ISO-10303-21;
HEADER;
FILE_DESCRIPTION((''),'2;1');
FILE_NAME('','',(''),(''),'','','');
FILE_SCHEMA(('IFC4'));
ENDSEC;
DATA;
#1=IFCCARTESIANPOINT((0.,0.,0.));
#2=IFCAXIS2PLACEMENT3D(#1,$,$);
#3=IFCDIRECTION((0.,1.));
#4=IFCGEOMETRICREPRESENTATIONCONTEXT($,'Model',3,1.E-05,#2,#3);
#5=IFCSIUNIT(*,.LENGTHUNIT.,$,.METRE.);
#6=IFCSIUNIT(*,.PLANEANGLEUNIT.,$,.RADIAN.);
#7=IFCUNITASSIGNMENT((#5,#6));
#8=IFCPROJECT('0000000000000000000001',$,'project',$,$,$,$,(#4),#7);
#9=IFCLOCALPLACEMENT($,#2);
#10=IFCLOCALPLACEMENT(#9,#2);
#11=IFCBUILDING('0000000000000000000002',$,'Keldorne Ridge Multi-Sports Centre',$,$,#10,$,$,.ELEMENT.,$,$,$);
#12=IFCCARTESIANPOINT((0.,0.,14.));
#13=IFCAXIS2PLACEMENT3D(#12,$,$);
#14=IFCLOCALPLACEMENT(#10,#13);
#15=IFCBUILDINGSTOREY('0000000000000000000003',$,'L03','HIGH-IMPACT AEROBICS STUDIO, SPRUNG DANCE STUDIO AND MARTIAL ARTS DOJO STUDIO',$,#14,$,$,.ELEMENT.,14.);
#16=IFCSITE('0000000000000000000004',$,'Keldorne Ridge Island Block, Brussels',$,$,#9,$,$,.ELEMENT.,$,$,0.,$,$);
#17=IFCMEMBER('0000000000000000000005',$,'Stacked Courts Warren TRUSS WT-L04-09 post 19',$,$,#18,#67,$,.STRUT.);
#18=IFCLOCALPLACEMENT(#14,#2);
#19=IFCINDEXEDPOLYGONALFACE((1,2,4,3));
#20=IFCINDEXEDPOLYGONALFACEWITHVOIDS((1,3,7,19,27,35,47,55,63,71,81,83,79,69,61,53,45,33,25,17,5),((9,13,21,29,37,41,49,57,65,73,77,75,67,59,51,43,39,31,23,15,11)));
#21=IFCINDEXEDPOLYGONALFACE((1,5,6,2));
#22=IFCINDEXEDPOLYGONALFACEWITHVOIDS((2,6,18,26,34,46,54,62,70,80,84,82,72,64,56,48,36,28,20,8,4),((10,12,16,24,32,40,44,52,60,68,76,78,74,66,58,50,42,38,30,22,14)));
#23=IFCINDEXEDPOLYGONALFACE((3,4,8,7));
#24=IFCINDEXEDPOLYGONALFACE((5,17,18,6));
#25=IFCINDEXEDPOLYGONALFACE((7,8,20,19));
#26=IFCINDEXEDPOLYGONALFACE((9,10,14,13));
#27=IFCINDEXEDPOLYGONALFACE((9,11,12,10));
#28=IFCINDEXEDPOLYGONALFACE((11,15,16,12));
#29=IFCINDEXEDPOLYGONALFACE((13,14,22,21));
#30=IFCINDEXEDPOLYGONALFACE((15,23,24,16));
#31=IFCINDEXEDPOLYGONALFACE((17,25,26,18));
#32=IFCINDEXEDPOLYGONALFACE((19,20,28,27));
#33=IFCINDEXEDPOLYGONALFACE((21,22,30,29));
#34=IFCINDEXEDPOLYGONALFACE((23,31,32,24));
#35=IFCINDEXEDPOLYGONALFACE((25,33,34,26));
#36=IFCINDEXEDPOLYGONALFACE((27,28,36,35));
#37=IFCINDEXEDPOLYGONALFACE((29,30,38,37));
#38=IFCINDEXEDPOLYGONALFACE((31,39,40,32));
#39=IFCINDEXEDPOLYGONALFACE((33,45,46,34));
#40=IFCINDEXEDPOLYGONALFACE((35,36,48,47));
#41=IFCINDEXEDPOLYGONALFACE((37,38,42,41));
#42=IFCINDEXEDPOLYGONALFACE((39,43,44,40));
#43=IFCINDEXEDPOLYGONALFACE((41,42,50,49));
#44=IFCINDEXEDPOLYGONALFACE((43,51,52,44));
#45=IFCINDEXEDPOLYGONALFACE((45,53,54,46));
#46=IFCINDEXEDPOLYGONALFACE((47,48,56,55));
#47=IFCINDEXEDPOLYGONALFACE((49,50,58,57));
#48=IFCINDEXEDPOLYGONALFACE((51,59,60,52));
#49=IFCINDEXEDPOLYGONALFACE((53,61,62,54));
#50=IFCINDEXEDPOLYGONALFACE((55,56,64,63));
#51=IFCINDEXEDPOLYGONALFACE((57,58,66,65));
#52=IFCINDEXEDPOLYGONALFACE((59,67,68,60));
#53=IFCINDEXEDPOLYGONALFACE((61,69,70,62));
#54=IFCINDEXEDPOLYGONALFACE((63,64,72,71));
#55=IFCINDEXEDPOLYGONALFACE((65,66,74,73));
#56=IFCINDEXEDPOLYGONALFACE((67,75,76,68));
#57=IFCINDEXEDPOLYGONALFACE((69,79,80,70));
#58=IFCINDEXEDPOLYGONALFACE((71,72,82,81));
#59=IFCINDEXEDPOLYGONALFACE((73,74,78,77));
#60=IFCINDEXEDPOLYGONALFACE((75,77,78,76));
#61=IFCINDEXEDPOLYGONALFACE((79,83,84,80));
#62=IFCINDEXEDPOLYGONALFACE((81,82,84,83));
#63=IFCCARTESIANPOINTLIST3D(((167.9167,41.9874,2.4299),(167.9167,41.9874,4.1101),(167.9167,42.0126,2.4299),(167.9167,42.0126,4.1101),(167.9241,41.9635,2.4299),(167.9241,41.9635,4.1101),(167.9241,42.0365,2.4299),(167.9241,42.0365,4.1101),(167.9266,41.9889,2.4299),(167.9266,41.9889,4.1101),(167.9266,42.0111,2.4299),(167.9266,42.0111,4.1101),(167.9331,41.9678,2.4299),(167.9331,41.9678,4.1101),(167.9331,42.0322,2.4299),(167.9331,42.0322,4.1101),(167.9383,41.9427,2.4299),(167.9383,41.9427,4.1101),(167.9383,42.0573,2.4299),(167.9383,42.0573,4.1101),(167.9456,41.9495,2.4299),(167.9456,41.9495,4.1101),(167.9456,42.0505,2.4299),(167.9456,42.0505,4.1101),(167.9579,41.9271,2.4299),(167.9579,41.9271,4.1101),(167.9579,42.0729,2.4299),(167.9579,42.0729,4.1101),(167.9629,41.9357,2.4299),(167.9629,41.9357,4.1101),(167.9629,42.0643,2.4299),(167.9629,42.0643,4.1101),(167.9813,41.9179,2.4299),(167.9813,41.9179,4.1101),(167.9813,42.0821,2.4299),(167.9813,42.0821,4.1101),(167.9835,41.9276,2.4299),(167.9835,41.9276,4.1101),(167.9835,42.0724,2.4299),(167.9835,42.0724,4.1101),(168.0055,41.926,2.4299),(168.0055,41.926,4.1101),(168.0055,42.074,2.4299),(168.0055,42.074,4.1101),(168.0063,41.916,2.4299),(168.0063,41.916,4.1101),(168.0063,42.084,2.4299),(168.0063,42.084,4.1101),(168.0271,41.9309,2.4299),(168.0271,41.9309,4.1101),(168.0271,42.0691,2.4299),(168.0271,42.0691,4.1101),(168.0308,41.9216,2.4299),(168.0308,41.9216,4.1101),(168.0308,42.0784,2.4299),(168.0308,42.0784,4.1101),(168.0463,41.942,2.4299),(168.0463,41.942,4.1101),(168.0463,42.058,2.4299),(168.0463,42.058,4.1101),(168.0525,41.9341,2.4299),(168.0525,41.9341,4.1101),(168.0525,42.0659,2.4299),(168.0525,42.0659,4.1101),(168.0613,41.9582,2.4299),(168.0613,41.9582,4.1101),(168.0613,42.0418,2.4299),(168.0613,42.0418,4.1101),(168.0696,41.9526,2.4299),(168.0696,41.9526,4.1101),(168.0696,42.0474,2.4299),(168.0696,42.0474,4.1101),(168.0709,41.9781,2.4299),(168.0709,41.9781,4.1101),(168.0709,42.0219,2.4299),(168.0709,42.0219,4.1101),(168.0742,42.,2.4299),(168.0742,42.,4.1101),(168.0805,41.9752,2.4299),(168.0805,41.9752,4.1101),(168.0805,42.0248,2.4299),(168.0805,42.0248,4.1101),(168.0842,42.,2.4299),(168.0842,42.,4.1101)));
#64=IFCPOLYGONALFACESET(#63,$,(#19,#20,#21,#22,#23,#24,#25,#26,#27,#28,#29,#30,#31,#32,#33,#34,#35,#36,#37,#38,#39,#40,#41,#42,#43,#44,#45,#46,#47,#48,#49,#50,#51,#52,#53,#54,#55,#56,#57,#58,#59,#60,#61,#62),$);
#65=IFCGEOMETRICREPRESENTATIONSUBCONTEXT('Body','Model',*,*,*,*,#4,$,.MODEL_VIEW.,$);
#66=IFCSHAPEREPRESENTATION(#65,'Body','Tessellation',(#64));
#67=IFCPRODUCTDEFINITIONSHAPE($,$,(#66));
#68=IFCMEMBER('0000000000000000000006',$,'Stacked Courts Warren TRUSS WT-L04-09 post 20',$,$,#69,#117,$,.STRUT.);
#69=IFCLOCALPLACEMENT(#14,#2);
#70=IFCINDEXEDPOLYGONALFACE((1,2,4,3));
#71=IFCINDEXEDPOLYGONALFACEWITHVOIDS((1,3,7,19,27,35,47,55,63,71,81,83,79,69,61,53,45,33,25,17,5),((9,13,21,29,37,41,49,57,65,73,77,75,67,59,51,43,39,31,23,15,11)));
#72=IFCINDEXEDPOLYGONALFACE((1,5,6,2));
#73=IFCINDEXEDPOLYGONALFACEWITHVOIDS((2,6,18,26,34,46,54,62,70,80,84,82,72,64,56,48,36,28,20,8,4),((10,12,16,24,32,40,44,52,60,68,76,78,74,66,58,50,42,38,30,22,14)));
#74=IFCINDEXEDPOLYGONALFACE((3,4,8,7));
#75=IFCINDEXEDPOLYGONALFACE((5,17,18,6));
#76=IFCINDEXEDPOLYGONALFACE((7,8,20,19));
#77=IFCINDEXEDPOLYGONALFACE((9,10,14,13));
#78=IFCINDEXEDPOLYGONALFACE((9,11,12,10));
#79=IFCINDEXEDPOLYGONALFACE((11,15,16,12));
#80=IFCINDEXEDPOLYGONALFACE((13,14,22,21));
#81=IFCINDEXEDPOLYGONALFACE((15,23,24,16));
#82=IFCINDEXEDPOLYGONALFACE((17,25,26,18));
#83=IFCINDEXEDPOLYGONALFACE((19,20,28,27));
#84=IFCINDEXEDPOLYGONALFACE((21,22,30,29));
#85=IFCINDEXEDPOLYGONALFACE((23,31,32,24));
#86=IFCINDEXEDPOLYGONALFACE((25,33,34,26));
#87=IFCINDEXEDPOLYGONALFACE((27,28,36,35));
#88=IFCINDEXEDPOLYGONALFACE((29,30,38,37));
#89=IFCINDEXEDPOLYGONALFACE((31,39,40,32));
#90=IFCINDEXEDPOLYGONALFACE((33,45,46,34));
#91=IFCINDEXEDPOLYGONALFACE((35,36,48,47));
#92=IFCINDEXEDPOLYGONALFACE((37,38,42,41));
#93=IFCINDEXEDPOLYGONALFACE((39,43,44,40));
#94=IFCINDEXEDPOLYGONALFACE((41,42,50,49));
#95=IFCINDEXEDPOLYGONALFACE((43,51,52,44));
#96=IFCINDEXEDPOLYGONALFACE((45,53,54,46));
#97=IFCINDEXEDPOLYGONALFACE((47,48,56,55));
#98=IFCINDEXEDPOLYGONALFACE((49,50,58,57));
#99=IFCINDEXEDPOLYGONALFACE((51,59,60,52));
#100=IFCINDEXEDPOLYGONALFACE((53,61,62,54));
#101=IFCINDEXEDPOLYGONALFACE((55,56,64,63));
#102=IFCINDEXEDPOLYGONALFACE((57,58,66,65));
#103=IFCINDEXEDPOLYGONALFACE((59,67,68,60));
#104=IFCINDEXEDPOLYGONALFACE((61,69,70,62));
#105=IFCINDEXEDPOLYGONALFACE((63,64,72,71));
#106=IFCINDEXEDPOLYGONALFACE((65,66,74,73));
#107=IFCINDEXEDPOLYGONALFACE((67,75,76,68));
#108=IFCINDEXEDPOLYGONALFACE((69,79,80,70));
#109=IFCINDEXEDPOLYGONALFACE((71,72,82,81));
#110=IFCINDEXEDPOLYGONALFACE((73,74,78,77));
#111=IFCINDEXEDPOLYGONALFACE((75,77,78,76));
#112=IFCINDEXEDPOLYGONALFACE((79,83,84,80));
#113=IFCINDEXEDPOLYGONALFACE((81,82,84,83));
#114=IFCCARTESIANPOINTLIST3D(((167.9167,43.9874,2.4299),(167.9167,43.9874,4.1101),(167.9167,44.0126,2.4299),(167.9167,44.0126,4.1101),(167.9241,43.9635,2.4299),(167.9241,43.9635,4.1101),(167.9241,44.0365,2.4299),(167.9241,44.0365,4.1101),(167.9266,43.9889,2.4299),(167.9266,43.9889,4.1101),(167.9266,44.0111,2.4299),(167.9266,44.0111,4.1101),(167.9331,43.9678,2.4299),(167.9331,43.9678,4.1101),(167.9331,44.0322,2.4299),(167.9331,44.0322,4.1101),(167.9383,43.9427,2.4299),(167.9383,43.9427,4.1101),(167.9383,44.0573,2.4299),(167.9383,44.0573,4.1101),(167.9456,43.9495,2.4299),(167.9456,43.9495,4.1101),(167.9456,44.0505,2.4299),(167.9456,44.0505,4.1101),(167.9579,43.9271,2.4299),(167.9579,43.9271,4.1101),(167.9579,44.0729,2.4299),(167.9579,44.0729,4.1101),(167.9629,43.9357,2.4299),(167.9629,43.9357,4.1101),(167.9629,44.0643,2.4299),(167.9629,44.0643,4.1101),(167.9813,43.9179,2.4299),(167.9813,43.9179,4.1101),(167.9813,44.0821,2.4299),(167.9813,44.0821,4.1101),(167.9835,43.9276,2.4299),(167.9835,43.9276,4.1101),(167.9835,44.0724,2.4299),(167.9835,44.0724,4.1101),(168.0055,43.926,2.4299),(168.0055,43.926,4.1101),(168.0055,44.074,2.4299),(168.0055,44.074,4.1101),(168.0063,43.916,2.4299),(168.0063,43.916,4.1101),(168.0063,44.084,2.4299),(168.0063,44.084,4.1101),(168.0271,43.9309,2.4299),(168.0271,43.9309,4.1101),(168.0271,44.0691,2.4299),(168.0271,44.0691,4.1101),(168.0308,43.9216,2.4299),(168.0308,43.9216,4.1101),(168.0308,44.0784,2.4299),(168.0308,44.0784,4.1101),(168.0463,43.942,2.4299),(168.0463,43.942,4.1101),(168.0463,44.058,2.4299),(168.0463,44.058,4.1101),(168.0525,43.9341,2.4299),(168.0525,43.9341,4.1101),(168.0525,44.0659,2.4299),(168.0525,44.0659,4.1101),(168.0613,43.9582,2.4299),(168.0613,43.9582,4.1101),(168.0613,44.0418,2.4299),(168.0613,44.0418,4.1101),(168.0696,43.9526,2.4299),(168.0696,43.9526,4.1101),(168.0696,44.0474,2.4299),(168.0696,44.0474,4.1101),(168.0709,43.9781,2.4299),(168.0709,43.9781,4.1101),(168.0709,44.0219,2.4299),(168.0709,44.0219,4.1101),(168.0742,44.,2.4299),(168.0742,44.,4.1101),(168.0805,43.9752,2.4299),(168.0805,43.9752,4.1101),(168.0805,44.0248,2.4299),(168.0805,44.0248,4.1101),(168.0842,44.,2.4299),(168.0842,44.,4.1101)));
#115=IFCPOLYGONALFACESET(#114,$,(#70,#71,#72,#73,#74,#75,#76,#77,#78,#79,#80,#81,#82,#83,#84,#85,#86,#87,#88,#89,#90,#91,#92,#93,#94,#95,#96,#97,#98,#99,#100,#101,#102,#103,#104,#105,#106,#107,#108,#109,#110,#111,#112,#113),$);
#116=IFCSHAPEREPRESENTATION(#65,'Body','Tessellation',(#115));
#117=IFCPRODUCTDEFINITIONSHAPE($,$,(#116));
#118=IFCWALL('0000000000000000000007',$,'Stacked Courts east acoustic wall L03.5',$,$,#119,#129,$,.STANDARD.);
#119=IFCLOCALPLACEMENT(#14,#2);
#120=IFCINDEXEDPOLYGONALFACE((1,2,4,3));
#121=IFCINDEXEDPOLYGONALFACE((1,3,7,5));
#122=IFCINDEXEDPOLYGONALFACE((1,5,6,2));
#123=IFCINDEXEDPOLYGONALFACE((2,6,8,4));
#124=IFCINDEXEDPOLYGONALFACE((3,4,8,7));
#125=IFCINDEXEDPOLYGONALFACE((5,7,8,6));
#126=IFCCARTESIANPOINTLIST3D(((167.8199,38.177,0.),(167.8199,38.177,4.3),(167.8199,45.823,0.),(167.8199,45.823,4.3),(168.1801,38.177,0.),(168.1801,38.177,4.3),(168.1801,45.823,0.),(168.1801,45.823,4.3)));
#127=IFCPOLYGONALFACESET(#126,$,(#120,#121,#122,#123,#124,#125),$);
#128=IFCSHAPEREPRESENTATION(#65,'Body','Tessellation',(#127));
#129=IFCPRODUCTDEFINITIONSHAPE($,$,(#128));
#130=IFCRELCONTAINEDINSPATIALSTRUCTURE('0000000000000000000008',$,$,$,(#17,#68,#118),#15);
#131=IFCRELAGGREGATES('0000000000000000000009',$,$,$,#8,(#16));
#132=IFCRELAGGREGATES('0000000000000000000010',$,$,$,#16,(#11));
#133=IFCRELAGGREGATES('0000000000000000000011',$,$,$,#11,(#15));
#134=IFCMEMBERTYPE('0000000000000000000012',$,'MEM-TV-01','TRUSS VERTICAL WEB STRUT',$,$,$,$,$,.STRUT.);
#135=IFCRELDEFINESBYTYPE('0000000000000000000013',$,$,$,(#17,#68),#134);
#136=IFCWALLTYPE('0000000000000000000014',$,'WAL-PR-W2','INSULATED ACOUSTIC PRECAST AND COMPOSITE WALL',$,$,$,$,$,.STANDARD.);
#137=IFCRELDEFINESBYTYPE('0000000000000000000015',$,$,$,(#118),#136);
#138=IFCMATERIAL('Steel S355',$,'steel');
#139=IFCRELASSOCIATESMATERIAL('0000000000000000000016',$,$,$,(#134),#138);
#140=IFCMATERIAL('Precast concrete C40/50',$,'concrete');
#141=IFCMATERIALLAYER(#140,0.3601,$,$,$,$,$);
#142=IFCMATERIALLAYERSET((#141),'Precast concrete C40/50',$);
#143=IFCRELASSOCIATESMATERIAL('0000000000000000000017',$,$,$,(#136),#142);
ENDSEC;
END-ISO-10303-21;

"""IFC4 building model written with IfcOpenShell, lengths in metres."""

from ifc_helpers import new_model, si_unit, direction, frame, frame_2d, origin, origin_2d, place, context, subcontext, project, spatial, rectangle, hollow_circle, extrude, material, layer, layer_set, material_profile, profile_set, type_object, element, save


model = new_model("IFC4")

# Units and contexts
model_context = context("Model", 3, precision=1e-05, world=origin(), true_north=direction((0.0, 1.0)))
body_context = subcontext(model_context, "Body", "Model", "MODEL_VIEW")
ifc_project = project(units=[si_unit("LENGTHUNIT", "METRE"), si_unit("PLANEANGLEUNIT", "RADIAN")], contexts=[model_context])

# Site, building, storey
site_placement = place(None, origin())
site = spatial("IfcSite", under=ifc_project, at=site_placement, Name="Keldorne Ridge Island Block, Brussels", CompositionType="ELEMENT", RefElevation=0.0)
building_placement = place(site_placement, origin())
building = spatial("IfcBuilding", under=site, at=building_placement, Name="Keldorne Ridge Multi-Sports Centre", CompositionType="ELEMENT")
storey_placement = place(building_placement, frame((0.0, 0.0, 14.0)))
storey = spatial("IfcBuildingStorey", under=building, at=storey_placement, Name="L03", Description="HIGH-IMPACT AEROBICS STUDIO, SPRUNG DANCE STUDIO AND MARTIAL ARTS DOJO STUDIO", CompositionType="ELEMENT", Elevation=14.0)

# Shared definitions
ifc_material_1 = material(Name="Steel S355", Category="steel")

# Members
ifc_material_profile_1 = material_profile(ifc_material_1, hollow_circle(Radius=0.0842, WallThickness=0.01, at=origin_2d()), Name="CHS 168.3x10")
ifc_profile_set_1 = profile_set([ifc_material_profile_1], Name="Steel S355")
member_type_1 = type_object("IfcMemberType", Name="MEM-TV-01", Description="TRUSS VERTICAL WEB STRUT", PredefinedType="STRUT", material=ifc_profile_set_1)
for number, where, z_axis, x_axis, name in (
    (1, (168.0, 42.0, 2.4299), (0.0, 0.0, 1.0), (1.0, 0.0, 0.0), "Stacked Courts Warren TRUSS WT-L04-09 post 19"),
    (2, (168.0, 44.0, 2.4299), (0.0, 0.0, 1.0), (1.0, 0.0, 0.0), "Stacked Courts Warren TRUSS WT-L04-09 post 20"),
):
    element("IfcMember", number, at=place(storey_placement, frame(where, z_axis=z_axis, x_axis=x_axis)), inside=storey, type_object=member_type_1, Name=name, PredefinedType="STRUT", context=body_context, shape_type="SweptSolid", body=[
        extrude(hollow_circle(Radius=0.0842, WallThickness=0.01, at=origin_2d()), origin(), (0.0, 0.0, 1.0), 1.6802),
    ])

# Wall
ifc_material_2 = material(Name="Precast concrete C40/50", Category="concrete")
ifc_layer = layer(ifc_material_2, 0.3601)
ifc_layer_set = layer_set([ifc_layer], Name="Precast concrete C40/50")
wall_type = type_object("IfcWallType", Name="WAL-PR-W2", Description="INSULATED ACOUSTIC PRECAST AND COMPOSITE WALL", PredefinedType="STANDARD", material=ifc_layer_set)
wall_placement = place(storey_placement, frame((168.0, 38.177, 0.0), z_axis=(0.0, 0.0, 1.0), x_axis=(0.0, 1.0, 0.0)))
element("IfcWall", 3, at=wall_placement, inside=storey, type_object=wall_type, Name="Stacked Courts east acoustic wall L03.5", PredefinedType="STANDARD", context=body_context, shape_type="SweptSolid", body=[
    extrude(rectangle(XDim=7.646, YDim=0.3601, at=frame_2d((3.823, 0.0))), origin(), (0.0, 0.0, 1.0), 4.3),
])

save(model, "model.ifc")
